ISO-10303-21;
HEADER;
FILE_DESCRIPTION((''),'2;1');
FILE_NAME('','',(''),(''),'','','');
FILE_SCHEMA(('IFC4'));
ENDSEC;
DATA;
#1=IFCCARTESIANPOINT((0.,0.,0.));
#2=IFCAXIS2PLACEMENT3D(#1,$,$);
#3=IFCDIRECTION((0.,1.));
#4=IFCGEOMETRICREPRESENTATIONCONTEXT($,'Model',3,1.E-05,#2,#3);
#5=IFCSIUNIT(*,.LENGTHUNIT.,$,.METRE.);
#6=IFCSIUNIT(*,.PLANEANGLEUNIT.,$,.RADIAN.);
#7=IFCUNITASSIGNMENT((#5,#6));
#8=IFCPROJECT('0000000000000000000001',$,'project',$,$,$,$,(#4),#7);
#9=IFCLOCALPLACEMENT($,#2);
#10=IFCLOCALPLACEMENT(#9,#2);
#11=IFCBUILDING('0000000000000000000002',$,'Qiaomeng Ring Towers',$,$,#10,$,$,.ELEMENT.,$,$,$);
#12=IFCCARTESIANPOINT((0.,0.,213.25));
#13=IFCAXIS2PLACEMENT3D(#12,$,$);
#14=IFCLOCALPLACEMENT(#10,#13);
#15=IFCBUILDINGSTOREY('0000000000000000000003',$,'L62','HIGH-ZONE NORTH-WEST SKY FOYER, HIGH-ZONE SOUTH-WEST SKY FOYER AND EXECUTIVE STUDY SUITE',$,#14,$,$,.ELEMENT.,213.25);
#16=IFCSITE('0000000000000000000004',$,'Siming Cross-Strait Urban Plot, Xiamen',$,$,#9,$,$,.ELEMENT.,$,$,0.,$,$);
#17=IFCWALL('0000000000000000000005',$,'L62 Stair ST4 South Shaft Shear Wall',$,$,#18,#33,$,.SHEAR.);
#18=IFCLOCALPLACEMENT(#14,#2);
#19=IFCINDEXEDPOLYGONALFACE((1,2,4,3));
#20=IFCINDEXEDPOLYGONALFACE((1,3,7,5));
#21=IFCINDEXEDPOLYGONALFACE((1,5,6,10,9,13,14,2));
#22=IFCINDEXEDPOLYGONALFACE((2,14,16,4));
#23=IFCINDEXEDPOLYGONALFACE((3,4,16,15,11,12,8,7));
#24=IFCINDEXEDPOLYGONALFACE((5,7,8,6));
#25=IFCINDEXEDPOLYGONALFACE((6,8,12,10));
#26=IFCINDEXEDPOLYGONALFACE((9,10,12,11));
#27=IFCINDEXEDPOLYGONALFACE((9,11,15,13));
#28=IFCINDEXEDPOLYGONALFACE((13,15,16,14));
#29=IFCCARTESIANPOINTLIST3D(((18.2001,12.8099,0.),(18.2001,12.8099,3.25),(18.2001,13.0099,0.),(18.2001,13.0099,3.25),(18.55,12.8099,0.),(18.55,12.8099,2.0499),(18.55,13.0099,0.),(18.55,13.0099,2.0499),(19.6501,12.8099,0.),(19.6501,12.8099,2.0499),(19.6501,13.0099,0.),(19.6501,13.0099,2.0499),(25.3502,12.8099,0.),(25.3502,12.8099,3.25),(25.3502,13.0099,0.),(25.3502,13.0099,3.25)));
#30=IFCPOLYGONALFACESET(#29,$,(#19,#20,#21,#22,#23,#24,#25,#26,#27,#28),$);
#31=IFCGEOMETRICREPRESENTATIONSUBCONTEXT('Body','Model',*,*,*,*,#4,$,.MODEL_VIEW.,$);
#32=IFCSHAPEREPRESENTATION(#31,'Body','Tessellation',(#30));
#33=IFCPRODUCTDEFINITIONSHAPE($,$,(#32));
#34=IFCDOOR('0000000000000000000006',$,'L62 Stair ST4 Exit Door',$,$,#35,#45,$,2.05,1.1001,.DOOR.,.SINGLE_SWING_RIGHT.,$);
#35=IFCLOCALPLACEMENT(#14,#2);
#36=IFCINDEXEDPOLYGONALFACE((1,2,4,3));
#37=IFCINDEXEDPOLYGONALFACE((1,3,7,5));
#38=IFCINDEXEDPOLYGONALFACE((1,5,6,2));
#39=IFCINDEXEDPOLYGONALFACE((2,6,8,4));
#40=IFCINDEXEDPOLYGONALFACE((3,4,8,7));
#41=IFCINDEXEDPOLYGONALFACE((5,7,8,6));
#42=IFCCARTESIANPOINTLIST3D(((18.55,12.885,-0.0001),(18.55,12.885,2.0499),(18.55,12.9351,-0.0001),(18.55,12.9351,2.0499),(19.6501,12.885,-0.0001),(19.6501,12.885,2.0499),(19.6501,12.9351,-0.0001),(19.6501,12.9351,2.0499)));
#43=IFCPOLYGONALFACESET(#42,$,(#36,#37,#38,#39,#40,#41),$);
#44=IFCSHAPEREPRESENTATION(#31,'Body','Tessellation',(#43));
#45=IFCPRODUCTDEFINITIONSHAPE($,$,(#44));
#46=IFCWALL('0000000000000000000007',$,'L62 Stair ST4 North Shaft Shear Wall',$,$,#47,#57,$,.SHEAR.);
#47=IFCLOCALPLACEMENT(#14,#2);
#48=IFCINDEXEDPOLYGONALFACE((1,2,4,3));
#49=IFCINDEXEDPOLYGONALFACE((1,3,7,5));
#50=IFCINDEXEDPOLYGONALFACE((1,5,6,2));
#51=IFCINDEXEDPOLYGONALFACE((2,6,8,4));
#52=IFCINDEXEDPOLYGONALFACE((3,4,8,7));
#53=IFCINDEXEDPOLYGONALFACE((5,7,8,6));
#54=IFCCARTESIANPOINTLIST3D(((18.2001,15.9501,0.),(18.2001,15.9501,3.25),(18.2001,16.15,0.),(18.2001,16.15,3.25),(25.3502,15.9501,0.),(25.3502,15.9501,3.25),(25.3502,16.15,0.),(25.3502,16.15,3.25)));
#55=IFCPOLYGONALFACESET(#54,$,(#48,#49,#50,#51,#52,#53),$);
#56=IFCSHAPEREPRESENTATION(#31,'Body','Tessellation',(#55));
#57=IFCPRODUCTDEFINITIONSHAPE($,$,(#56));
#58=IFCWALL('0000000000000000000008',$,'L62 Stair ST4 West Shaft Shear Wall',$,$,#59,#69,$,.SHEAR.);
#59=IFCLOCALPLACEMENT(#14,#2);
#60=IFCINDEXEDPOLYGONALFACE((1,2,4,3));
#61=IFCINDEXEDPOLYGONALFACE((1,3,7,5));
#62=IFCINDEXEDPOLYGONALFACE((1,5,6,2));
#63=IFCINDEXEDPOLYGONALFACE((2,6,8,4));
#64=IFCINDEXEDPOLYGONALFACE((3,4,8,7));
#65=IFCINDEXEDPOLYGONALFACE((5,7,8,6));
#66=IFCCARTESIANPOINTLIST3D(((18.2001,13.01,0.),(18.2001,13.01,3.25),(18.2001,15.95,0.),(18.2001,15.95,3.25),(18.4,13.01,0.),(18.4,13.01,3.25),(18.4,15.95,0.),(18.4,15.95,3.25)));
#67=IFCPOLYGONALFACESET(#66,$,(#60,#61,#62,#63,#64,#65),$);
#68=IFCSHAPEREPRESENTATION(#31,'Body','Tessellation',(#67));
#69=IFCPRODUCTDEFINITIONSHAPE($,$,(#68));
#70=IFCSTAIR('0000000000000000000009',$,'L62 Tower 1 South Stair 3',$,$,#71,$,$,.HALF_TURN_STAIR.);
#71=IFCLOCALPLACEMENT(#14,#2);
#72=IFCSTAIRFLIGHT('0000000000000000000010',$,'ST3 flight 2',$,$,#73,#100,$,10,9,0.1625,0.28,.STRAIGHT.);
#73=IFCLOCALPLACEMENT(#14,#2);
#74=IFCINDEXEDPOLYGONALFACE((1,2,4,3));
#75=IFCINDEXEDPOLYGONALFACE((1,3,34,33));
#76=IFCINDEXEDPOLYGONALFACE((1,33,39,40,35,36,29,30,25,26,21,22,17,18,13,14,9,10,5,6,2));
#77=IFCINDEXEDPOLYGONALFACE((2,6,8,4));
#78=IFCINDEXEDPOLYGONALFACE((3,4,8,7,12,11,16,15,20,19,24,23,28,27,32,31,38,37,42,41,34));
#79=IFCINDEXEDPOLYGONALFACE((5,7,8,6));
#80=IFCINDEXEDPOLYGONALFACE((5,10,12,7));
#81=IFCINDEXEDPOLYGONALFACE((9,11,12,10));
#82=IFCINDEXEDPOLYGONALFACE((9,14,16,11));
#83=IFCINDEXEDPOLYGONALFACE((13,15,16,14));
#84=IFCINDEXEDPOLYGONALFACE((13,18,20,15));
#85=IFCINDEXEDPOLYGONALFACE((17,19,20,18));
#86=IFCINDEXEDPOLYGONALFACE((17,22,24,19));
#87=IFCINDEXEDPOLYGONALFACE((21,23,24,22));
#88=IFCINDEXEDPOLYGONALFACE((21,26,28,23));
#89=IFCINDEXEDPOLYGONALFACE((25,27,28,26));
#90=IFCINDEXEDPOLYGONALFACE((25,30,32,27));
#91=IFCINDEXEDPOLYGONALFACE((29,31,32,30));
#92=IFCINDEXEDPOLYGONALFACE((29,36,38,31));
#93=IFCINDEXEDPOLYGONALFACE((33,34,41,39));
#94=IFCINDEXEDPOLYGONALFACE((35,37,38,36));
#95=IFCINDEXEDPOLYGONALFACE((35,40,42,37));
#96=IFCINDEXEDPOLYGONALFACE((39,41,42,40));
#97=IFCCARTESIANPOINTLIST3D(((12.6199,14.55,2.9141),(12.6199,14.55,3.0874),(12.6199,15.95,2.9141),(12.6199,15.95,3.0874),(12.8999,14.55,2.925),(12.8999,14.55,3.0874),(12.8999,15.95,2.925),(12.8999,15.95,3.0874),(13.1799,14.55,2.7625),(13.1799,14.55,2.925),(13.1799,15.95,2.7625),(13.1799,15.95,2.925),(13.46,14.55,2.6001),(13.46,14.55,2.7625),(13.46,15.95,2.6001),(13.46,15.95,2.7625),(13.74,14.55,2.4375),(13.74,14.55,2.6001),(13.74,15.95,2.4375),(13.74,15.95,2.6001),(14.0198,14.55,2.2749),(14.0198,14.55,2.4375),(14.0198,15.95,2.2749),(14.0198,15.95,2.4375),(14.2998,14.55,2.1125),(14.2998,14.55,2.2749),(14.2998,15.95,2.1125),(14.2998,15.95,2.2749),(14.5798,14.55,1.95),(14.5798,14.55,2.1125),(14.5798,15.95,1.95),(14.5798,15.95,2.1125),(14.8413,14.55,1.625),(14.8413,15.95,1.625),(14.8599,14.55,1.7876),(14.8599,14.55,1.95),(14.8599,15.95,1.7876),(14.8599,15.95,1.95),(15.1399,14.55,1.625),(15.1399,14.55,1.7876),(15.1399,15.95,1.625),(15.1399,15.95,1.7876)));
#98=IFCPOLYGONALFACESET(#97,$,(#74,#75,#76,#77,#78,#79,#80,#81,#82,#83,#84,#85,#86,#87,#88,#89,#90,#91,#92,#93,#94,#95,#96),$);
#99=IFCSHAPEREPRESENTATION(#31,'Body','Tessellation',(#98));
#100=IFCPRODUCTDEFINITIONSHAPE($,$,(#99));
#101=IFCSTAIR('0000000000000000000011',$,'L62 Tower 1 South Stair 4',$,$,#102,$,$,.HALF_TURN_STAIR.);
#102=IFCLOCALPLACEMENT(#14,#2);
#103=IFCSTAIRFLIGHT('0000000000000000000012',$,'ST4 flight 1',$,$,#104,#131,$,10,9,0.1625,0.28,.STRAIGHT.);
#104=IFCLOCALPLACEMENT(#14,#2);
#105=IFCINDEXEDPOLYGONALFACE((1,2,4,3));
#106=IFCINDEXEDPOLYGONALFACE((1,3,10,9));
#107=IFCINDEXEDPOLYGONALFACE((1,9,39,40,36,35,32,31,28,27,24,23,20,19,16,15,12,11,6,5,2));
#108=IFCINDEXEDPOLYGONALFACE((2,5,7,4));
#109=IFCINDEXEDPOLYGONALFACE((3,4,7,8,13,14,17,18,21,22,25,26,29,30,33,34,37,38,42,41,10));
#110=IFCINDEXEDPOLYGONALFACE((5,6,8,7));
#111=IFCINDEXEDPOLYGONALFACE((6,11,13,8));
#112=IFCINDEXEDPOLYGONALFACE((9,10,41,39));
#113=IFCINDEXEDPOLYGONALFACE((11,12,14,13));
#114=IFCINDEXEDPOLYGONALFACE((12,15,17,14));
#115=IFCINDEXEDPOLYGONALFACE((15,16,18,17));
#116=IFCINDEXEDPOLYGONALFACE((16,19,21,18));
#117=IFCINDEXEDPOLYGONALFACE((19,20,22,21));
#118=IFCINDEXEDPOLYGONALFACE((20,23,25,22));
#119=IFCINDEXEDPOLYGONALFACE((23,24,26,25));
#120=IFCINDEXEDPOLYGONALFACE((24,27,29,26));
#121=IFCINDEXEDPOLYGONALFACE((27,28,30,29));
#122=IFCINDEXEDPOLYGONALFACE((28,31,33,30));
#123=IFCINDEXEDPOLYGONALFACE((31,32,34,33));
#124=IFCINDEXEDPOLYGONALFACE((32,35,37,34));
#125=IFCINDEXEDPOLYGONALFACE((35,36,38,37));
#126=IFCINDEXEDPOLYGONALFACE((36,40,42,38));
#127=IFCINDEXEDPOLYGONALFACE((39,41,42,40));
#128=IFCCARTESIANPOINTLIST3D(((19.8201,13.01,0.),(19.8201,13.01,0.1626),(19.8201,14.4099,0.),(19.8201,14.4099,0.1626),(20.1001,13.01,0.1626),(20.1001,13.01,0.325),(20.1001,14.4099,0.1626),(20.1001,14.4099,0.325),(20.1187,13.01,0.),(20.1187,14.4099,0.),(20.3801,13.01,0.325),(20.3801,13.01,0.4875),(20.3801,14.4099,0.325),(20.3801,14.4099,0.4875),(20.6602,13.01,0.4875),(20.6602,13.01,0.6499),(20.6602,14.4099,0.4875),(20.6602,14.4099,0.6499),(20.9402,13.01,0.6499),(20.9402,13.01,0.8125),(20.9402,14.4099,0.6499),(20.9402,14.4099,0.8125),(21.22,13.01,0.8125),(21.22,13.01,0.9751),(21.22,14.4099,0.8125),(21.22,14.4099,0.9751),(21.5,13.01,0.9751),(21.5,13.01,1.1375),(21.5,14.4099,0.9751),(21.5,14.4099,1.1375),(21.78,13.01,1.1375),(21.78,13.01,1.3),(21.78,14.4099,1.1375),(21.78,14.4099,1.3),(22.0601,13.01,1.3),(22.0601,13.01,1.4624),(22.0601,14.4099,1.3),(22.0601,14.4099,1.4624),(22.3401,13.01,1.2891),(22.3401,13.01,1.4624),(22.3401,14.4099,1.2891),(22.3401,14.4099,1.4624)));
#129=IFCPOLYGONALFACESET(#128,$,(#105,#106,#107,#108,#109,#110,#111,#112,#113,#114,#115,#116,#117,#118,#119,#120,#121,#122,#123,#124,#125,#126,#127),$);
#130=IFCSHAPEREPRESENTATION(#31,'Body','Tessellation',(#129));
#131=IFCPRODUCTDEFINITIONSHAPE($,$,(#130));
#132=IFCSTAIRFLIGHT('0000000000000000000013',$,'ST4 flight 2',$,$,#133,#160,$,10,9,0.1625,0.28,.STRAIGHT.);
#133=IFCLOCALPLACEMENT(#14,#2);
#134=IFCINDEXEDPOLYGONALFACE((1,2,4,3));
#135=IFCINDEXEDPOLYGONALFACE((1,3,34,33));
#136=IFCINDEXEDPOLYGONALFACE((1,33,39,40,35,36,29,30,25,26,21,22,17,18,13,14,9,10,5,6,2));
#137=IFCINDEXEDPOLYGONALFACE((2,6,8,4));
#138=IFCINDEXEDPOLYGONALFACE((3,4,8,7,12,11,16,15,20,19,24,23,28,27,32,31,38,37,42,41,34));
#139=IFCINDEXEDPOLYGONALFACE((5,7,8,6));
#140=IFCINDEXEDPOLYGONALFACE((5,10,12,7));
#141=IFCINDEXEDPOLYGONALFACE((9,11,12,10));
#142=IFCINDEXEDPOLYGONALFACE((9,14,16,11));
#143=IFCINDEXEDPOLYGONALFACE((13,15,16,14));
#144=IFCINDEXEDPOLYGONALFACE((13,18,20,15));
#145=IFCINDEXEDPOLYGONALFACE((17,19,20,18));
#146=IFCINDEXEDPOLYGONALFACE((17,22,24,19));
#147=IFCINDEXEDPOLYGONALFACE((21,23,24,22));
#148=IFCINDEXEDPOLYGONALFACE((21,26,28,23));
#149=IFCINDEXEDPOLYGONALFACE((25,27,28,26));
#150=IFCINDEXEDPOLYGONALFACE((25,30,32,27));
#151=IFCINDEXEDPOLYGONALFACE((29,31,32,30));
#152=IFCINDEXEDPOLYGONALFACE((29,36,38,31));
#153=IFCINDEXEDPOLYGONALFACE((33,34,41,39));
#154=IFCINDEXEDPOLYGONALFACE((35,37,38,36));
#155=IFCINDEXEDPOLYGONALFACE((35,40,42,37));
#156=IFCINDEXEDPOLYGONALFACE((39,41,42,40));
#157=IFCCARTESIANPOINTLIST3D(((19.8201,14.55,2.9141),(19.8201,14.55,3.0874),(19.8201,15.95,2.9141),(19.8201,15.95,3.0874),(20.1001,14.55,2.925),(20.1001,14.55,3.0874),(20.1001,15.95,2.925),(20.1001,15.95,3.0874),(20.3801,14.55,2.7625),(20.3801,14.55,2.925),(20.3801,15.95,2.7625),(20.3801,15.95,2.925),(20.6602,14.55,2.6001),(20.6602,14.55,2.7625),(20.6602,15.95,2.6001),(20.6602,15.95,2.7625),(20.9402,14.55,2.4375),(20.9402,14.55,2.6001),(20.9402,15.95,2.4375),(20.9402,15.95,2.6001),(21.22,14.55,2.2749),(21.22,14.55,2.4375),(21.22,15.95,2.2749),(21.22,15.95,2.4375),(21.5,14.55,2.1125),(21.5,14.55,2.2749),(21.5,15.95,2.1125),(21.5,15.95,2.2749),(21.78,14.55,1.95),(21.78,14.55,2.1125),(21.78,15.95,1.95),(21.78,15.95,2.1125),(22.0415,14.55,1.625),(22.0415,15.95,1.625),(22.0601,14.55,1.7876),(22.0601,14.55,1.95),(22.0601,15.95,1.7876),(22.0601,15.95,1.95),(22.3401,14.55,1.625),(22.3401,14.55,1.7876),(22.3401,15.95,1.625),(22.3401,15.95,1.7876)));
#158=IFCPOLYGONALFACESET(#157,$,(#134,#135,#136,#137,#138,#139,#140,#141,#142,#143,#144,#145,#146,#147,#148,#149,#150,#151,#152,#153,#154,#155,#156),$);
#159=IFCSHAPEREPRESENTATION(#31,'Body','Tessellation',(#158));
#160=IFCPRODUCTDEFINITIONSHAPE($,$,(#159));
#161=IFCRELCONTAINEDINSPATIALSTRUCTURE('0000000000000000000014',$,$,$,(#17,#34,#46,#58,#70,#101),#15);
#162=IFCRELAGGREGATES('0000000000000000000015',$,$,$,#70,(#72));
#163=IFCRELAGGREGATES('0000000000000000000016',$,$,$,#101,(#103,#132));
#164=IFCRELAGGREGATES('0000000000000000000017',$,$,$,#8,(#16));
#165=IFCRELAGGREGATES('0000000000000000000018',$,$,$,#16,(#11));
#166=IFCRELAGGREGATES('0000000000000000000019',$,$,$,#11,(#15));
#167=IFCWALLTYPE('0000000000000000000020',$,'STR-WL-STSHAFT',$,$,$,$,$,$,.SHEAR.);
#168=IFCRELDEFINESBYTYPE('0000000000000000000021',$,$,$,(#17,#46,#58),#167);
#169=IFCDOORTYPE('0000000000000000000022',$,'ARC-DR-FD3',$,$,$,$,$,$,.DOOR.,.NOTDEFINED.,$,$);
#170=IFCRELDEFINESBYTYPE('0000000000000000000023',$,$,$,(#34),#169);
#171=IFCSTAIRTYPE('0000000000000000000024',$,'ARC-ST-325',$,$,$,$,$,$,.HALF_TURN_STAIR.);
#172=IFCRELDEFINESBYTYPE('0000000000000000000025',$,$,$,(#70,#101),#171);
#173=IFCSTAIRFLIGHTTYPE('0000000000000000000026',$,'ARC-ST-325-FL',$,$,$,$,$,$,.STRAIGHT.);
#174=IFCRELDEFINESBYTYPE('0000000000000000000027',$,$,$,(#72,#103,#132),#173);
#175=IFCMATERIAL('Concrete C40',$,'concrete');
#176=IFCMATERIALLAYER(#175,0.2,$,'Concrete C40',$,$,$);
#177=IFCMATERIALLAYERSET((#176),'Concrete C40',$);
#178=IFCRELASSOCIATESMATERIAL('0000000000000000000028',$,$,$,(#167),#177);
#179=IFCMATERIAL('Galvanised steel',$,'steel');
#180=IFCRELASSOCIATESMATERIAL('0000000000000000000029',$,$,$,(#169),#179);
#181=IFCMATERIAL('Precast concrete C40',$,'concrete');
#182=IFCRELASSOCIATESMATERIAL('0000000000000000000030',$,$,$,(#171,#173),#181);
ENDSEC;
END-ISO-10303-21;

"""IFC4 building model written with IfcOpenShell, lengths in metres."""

from ifc_helpers import new_model, si_unit, direction, frame, frame_2d, origin, place, context, subcontext, project, spatial, polyline, rectangle, outline, extrude, source, transform, mapped, material, layer, layer_set, type_object, element, fill, aggregate, save


model = new_model("IFC4")

# Units and contexts
model_context = context("Model", 3, precision=1e-05, world=origin(), true_north=direction((0.0, 1.0)))
body_context = subcontext(model_context, "Body", "Model", "MODEL_VIEW")
ifc_project = project(units=[si_unit("LENGTHUNIT", "METRE"), si_unit("PLANEANGLEUNIT", "RADIAN")], contexts=[model_context])

# Site, building, storey
site_placement = place(None, origin())
site = spatial("IfcSite", under=ifc_project, at=site_placement, Name="Siming Cross-Strait Urban Plot, Xiamen", CompositionType="ELEMENT", RefElevation=0.0)
building_placement = place(site_placement, origin())
building = spatial("IfcBuilding", under=site, at=building_placement, Name="Qiaomeng Ring Towers", CompositionType="ELEMENT")
storey_placement = place(building_placement, frame((0.0, 0.0, 213.25)))
storey = spatial("IfcBuildingStorey", under=building, at=storey_placement, Name="L62", Description="HIGH-ZONE NORTH-WEST SKY FOYER, HIGH-ZONE SOUTH-WEST SKY FOYER AND EXECUTIVE STUDY SUITE", CompositionType="ELEMENT", Elevation=213.25)

# Shared definitions
ifc_material_1 = material(Name="Concrete C40", Category="concrete")
ifc_layer_1 = layer(ifc_material_1, 0.2, Name="Concrete C40")
ifc_layer_set_1 = layer_set([ifc_layer_1], Name="Concrete C40")
wall_type_1 = type_object("IfcWallType", Name="STR-WL-STSHAFT", PredefinedType="SHEAR", material=ifc_layer_set_1)

# Wall, opening, door
wall_1_placement = place(storey_placement, frame((18.2, 12.9099, 0.0), z_axis=(0.0, 0.0, 1.0), x_axis=(1.0, 0.0, 0.0)))
wall_1 = element("IfcWall", 1, at=wall_1_placement, inside=storey, type_object=wall_type_1, Name="L62 Stair ST4 South Shaft Shear Wall", PredefinedType="SHEAR", context=body_context, shape_type="SweptSolid", body=[
    extrude(rectangle(XDim=7.1501, YDim=0.2, at=frame_2d((3.5752, 0.0))), origin(), (0.0, 0.0, 1.0), 3.25),
])
opening_1_placement = place(wall_1_placement, frame((0.3501, 0.0, 0.0)))
opening_1 = element("IfcOpeningElement", 2, at=opening_1_placement, cuts=wall_1, PredefinedType="OPENING", context=body_context, shape_type="SweptSolid", body=[
    extrude(rectangle(XDim=1.1001, YDim=2.05, at=frame_2d((0.55, 1.0249))), frame((0.0, 0.1099, 0.0), z_axis=(0.0, -1.0, 0.0), x_axis=(1.0, 0.0, 0.0)), (0.0, 0.0, 1.0), 0.22),
])
ifc_material_2 = material(Name="Galvanised steel", Category="steel")
door_type_1 = type_object("IfcDoorType", Name="ARC-DR-FD3", OperationType="NOTDEFINED", PredefinedType="DOOR", material=ifc_material_2)
shared_shape_1 = source(origin(), body_context, "Body", "SweptSolid", [
    extrude(rectangle(XDim=1.1001, YDim=2.05, at=frame_2d((0.55, 1.0249))), frame((0.0, 0.0249, 0.0), z_axis=(0.0, -1.0, 0.0), x_axis=(1.0, 0.0, 0.0)), (0.0, 0.0, 1.0), 0.05),
])
door_1_placement = place(opening_1_placement, frame((1.1001, 0.0, 0.0), z_axis=(0.0, 0.0, 1.0), x_axis=(-1.0, 0.0, 0.0)))
door_1 = element("IfcDoor", 3, at=door_1_placement, inside=storey, type_object=door_type_1, Name="L62 Stair ST4 Exit Door", OperationType="SINGLE_SWING_RIGHT", OverallHeight=2.05, OverallWidth=1.1001, PredefinedType="DOOR", context=body_context, shape_type="MappedRepresentation", body=[
    mapped(shared_shape_1, transform((0.0, 0.0, 0.0), x_axis=(1.0, 0.0, 0.0), y_axis=(0.0, 1.0, 0.0), z_axis=(0.0, 0.0, 1.0), scale=1.0)),
])
fill(opening_1, door_1)

# Walls
wall_2_placement = place(storey_placement, frame((18.2, 16.05, 0.0), z_axis=(0.0, 0.0, 1.0), x_axis=(1.0, 0.0, 0.0)))
element("IfcWall", 4, at=wall_2_placement, inside=storey, type_object=wall_type_1, Name="L62 Stair ST4 North Shaft Shear Wall", PredefinedType="SHEAR", context=body_context, shape_type="SweptSolid", body=[
    extrude(rectangle(XDim=7.1501, YDim=0.2, at=frame_2d((3.5752, 0.0))), origin(), (0.0, 0.0, 1.0), 3.25),
])
wall_3_placement = place(storey_placement, frame((18.3, 13.01, 0.0), z_axis=(0.0, 0.0, 1.0), x_axis=(0.0, 1.0, 0.0)))
element("IfcWall", 5, at=wall_3_placement, inside=storey, type_object=wall_type_1, Name="L62 Stair ST4 West Shaft Shear Wall", PredefinedType="SHEAR", context=body_context, shape_type="SweptSolid", body=[
    extrude(rectangle(XDim=2.9399, YDim=0.2, at=frame_2d((1.47, 0.0))), origin(), (0.0, 0.0, 1.0), 3.25),
])

# Stair, stair flight
ifc_material_3 = material(Name="Precast concrete C40", Category="concrete")
stair_type = type_object("IfcStairType", Name="ARC-ST-325", PredefinedType="HALF_TURN_STAIR", material=ifc_material_3)
stair_1_placement = place(storey_placement, origin())
stair_1 = element("IfcStair", 6, at=stair_1_placement, inside=storey, type_object=stair_type, Name="L62 Tower 1 South Stair 3", PredefinedType="HALF_TURN_STAIR")
stair_flight_type = type_object("IfcStairFlightType", Name="ARC-ST-325-FL", PredefinedType="STRAIGHT", material=ifc_material_3)
shared_shape_2 = source(origin(), body_context, "Body", "SweptSolid", [
    extrude(outline(polyline([(0.0, 0.0), (0.0, 0.1626), (0.28, 0.1626), (0.28, 0.325), (0.5601, 0.325), (0.5601, 0.4875), (0.8401, 0.4875), (0.8401, 0.6499), (1.1201, 0.6499), (1.1201, 0.8125), (1.3999, 0.8125), (1.3999, 0.9751), (1.6799, 0.9751), (1.6799, 1.1375), (1.96, 1.1375), (1.96, 1.3), (2.24, 1.3), (2.24, 1.4624), (2.52, 1.4624), (2.52, 1.625), (2.52, 1.2891), (0.2986, 0.0), (0.0, 0.0)])), frame((0.0, 0.7, 0.0), z_axis=(0.0, -1.0, 0.0), x_axis=(1.0, 0.0, 0.0)), (0.0, 0.0, 1.0), 1.3999),
])
stair_flight_1_placement = place(storey_placement, frame((15.1399, 15.25, 1.625), z_axis=(0.0, 0.0, 1.0), x_axis=(-1.0, 0.0, 0.0)))
stair_flight_1 = element("IfcStairFlight", 7, at=stair_flight_1_placement, type_object=stair_flight_type, Name="ST3 flight 2", NumberOfRisers=10, NumberOfTreads=9, PredefinedType="STRAIGHT", RiserHeight=0.1625, TreadLength=0.28, context=body_context, shape_type="MappedRepresentation", body=[
    mapped(shared_shape_2, transform((0.0, 0.0, 0.0), x_axis=(1.0, 0.0, 0.0), y_axis=(0.0, 1.0, 0.0), z_axis=(0.0, 0.0, 1.0), scale=1.0)),
])
aggregate(stair_1, [stair_flight_1])

# Stair, stair flights
stair_2_placement = place(storey_placement, origin())
stair_2 = element("IfcStair", 8, at=stair_2_placement, inside=storey, type_object=stair_type, Name="L62 Tower 1 South Stair 4", PredefinedType="HALF_TURN_STAIR")
stair_flight_2_placement = place(storey_placement, frame((19.8201, 13.71, 0.0), z_axis=(0.0, 0.0, 1.0), x_axis=(1.0, 0.0, 0.0)))
stair_flight_2 = element("IfcStairFlight", 9, at=stair_flight_2_placement, type_object=stair_flight_type, Name="ST4 flight 1", NumberOfRisers=10, NumberOfTreads=9, PredefinedType="STRAIGHT", RiserHeight=0.1625, TreadLength=0.28, context=body_context, shape_type="MappedRepresentation", body=[
    mapped(shared_shape_2, transform((0.0, 0.0, 0.0), x_axis=(1.0, 0.0, 0.0), y_axis=(0.0, 1.0, 0.0), z_axis=(0.0, 0.0, 1.0), scale=1.0)),
])
stair_flight_3_placement = place(storey_placement, frame((22.3401, 15.25, 1.625), z_axis=(0.0, 0.0, 1.0), x_axis=(-1.0, 0.0, 0.0)))
stair_flight_3 = element("IfcStairFlight", 10, at=stair_flight_3_placement, type_object=stair_flight_type, Name="ST4 flight 2", NumberOfRisers=10, NumberOfTreads=9, PredefinedType="STRAIGHT", RiserHeight=0.1625, TreadLength=0.28, context=body_context, shape_type="MappedRepresentation", body=[
    mapped(shared_shape_2, transform((0.0, 0.0, 0.0), x_axis=(1.0, 0.0, 0.0), y_axis=(0.0, 1.0, 0.0), z_axis=(0.0, 0.0, 1.0), scale=1.0)),
])
aggregate(stair_2, [stair_flight_2, stair_flight_3])

save(model, "model.ifc")
